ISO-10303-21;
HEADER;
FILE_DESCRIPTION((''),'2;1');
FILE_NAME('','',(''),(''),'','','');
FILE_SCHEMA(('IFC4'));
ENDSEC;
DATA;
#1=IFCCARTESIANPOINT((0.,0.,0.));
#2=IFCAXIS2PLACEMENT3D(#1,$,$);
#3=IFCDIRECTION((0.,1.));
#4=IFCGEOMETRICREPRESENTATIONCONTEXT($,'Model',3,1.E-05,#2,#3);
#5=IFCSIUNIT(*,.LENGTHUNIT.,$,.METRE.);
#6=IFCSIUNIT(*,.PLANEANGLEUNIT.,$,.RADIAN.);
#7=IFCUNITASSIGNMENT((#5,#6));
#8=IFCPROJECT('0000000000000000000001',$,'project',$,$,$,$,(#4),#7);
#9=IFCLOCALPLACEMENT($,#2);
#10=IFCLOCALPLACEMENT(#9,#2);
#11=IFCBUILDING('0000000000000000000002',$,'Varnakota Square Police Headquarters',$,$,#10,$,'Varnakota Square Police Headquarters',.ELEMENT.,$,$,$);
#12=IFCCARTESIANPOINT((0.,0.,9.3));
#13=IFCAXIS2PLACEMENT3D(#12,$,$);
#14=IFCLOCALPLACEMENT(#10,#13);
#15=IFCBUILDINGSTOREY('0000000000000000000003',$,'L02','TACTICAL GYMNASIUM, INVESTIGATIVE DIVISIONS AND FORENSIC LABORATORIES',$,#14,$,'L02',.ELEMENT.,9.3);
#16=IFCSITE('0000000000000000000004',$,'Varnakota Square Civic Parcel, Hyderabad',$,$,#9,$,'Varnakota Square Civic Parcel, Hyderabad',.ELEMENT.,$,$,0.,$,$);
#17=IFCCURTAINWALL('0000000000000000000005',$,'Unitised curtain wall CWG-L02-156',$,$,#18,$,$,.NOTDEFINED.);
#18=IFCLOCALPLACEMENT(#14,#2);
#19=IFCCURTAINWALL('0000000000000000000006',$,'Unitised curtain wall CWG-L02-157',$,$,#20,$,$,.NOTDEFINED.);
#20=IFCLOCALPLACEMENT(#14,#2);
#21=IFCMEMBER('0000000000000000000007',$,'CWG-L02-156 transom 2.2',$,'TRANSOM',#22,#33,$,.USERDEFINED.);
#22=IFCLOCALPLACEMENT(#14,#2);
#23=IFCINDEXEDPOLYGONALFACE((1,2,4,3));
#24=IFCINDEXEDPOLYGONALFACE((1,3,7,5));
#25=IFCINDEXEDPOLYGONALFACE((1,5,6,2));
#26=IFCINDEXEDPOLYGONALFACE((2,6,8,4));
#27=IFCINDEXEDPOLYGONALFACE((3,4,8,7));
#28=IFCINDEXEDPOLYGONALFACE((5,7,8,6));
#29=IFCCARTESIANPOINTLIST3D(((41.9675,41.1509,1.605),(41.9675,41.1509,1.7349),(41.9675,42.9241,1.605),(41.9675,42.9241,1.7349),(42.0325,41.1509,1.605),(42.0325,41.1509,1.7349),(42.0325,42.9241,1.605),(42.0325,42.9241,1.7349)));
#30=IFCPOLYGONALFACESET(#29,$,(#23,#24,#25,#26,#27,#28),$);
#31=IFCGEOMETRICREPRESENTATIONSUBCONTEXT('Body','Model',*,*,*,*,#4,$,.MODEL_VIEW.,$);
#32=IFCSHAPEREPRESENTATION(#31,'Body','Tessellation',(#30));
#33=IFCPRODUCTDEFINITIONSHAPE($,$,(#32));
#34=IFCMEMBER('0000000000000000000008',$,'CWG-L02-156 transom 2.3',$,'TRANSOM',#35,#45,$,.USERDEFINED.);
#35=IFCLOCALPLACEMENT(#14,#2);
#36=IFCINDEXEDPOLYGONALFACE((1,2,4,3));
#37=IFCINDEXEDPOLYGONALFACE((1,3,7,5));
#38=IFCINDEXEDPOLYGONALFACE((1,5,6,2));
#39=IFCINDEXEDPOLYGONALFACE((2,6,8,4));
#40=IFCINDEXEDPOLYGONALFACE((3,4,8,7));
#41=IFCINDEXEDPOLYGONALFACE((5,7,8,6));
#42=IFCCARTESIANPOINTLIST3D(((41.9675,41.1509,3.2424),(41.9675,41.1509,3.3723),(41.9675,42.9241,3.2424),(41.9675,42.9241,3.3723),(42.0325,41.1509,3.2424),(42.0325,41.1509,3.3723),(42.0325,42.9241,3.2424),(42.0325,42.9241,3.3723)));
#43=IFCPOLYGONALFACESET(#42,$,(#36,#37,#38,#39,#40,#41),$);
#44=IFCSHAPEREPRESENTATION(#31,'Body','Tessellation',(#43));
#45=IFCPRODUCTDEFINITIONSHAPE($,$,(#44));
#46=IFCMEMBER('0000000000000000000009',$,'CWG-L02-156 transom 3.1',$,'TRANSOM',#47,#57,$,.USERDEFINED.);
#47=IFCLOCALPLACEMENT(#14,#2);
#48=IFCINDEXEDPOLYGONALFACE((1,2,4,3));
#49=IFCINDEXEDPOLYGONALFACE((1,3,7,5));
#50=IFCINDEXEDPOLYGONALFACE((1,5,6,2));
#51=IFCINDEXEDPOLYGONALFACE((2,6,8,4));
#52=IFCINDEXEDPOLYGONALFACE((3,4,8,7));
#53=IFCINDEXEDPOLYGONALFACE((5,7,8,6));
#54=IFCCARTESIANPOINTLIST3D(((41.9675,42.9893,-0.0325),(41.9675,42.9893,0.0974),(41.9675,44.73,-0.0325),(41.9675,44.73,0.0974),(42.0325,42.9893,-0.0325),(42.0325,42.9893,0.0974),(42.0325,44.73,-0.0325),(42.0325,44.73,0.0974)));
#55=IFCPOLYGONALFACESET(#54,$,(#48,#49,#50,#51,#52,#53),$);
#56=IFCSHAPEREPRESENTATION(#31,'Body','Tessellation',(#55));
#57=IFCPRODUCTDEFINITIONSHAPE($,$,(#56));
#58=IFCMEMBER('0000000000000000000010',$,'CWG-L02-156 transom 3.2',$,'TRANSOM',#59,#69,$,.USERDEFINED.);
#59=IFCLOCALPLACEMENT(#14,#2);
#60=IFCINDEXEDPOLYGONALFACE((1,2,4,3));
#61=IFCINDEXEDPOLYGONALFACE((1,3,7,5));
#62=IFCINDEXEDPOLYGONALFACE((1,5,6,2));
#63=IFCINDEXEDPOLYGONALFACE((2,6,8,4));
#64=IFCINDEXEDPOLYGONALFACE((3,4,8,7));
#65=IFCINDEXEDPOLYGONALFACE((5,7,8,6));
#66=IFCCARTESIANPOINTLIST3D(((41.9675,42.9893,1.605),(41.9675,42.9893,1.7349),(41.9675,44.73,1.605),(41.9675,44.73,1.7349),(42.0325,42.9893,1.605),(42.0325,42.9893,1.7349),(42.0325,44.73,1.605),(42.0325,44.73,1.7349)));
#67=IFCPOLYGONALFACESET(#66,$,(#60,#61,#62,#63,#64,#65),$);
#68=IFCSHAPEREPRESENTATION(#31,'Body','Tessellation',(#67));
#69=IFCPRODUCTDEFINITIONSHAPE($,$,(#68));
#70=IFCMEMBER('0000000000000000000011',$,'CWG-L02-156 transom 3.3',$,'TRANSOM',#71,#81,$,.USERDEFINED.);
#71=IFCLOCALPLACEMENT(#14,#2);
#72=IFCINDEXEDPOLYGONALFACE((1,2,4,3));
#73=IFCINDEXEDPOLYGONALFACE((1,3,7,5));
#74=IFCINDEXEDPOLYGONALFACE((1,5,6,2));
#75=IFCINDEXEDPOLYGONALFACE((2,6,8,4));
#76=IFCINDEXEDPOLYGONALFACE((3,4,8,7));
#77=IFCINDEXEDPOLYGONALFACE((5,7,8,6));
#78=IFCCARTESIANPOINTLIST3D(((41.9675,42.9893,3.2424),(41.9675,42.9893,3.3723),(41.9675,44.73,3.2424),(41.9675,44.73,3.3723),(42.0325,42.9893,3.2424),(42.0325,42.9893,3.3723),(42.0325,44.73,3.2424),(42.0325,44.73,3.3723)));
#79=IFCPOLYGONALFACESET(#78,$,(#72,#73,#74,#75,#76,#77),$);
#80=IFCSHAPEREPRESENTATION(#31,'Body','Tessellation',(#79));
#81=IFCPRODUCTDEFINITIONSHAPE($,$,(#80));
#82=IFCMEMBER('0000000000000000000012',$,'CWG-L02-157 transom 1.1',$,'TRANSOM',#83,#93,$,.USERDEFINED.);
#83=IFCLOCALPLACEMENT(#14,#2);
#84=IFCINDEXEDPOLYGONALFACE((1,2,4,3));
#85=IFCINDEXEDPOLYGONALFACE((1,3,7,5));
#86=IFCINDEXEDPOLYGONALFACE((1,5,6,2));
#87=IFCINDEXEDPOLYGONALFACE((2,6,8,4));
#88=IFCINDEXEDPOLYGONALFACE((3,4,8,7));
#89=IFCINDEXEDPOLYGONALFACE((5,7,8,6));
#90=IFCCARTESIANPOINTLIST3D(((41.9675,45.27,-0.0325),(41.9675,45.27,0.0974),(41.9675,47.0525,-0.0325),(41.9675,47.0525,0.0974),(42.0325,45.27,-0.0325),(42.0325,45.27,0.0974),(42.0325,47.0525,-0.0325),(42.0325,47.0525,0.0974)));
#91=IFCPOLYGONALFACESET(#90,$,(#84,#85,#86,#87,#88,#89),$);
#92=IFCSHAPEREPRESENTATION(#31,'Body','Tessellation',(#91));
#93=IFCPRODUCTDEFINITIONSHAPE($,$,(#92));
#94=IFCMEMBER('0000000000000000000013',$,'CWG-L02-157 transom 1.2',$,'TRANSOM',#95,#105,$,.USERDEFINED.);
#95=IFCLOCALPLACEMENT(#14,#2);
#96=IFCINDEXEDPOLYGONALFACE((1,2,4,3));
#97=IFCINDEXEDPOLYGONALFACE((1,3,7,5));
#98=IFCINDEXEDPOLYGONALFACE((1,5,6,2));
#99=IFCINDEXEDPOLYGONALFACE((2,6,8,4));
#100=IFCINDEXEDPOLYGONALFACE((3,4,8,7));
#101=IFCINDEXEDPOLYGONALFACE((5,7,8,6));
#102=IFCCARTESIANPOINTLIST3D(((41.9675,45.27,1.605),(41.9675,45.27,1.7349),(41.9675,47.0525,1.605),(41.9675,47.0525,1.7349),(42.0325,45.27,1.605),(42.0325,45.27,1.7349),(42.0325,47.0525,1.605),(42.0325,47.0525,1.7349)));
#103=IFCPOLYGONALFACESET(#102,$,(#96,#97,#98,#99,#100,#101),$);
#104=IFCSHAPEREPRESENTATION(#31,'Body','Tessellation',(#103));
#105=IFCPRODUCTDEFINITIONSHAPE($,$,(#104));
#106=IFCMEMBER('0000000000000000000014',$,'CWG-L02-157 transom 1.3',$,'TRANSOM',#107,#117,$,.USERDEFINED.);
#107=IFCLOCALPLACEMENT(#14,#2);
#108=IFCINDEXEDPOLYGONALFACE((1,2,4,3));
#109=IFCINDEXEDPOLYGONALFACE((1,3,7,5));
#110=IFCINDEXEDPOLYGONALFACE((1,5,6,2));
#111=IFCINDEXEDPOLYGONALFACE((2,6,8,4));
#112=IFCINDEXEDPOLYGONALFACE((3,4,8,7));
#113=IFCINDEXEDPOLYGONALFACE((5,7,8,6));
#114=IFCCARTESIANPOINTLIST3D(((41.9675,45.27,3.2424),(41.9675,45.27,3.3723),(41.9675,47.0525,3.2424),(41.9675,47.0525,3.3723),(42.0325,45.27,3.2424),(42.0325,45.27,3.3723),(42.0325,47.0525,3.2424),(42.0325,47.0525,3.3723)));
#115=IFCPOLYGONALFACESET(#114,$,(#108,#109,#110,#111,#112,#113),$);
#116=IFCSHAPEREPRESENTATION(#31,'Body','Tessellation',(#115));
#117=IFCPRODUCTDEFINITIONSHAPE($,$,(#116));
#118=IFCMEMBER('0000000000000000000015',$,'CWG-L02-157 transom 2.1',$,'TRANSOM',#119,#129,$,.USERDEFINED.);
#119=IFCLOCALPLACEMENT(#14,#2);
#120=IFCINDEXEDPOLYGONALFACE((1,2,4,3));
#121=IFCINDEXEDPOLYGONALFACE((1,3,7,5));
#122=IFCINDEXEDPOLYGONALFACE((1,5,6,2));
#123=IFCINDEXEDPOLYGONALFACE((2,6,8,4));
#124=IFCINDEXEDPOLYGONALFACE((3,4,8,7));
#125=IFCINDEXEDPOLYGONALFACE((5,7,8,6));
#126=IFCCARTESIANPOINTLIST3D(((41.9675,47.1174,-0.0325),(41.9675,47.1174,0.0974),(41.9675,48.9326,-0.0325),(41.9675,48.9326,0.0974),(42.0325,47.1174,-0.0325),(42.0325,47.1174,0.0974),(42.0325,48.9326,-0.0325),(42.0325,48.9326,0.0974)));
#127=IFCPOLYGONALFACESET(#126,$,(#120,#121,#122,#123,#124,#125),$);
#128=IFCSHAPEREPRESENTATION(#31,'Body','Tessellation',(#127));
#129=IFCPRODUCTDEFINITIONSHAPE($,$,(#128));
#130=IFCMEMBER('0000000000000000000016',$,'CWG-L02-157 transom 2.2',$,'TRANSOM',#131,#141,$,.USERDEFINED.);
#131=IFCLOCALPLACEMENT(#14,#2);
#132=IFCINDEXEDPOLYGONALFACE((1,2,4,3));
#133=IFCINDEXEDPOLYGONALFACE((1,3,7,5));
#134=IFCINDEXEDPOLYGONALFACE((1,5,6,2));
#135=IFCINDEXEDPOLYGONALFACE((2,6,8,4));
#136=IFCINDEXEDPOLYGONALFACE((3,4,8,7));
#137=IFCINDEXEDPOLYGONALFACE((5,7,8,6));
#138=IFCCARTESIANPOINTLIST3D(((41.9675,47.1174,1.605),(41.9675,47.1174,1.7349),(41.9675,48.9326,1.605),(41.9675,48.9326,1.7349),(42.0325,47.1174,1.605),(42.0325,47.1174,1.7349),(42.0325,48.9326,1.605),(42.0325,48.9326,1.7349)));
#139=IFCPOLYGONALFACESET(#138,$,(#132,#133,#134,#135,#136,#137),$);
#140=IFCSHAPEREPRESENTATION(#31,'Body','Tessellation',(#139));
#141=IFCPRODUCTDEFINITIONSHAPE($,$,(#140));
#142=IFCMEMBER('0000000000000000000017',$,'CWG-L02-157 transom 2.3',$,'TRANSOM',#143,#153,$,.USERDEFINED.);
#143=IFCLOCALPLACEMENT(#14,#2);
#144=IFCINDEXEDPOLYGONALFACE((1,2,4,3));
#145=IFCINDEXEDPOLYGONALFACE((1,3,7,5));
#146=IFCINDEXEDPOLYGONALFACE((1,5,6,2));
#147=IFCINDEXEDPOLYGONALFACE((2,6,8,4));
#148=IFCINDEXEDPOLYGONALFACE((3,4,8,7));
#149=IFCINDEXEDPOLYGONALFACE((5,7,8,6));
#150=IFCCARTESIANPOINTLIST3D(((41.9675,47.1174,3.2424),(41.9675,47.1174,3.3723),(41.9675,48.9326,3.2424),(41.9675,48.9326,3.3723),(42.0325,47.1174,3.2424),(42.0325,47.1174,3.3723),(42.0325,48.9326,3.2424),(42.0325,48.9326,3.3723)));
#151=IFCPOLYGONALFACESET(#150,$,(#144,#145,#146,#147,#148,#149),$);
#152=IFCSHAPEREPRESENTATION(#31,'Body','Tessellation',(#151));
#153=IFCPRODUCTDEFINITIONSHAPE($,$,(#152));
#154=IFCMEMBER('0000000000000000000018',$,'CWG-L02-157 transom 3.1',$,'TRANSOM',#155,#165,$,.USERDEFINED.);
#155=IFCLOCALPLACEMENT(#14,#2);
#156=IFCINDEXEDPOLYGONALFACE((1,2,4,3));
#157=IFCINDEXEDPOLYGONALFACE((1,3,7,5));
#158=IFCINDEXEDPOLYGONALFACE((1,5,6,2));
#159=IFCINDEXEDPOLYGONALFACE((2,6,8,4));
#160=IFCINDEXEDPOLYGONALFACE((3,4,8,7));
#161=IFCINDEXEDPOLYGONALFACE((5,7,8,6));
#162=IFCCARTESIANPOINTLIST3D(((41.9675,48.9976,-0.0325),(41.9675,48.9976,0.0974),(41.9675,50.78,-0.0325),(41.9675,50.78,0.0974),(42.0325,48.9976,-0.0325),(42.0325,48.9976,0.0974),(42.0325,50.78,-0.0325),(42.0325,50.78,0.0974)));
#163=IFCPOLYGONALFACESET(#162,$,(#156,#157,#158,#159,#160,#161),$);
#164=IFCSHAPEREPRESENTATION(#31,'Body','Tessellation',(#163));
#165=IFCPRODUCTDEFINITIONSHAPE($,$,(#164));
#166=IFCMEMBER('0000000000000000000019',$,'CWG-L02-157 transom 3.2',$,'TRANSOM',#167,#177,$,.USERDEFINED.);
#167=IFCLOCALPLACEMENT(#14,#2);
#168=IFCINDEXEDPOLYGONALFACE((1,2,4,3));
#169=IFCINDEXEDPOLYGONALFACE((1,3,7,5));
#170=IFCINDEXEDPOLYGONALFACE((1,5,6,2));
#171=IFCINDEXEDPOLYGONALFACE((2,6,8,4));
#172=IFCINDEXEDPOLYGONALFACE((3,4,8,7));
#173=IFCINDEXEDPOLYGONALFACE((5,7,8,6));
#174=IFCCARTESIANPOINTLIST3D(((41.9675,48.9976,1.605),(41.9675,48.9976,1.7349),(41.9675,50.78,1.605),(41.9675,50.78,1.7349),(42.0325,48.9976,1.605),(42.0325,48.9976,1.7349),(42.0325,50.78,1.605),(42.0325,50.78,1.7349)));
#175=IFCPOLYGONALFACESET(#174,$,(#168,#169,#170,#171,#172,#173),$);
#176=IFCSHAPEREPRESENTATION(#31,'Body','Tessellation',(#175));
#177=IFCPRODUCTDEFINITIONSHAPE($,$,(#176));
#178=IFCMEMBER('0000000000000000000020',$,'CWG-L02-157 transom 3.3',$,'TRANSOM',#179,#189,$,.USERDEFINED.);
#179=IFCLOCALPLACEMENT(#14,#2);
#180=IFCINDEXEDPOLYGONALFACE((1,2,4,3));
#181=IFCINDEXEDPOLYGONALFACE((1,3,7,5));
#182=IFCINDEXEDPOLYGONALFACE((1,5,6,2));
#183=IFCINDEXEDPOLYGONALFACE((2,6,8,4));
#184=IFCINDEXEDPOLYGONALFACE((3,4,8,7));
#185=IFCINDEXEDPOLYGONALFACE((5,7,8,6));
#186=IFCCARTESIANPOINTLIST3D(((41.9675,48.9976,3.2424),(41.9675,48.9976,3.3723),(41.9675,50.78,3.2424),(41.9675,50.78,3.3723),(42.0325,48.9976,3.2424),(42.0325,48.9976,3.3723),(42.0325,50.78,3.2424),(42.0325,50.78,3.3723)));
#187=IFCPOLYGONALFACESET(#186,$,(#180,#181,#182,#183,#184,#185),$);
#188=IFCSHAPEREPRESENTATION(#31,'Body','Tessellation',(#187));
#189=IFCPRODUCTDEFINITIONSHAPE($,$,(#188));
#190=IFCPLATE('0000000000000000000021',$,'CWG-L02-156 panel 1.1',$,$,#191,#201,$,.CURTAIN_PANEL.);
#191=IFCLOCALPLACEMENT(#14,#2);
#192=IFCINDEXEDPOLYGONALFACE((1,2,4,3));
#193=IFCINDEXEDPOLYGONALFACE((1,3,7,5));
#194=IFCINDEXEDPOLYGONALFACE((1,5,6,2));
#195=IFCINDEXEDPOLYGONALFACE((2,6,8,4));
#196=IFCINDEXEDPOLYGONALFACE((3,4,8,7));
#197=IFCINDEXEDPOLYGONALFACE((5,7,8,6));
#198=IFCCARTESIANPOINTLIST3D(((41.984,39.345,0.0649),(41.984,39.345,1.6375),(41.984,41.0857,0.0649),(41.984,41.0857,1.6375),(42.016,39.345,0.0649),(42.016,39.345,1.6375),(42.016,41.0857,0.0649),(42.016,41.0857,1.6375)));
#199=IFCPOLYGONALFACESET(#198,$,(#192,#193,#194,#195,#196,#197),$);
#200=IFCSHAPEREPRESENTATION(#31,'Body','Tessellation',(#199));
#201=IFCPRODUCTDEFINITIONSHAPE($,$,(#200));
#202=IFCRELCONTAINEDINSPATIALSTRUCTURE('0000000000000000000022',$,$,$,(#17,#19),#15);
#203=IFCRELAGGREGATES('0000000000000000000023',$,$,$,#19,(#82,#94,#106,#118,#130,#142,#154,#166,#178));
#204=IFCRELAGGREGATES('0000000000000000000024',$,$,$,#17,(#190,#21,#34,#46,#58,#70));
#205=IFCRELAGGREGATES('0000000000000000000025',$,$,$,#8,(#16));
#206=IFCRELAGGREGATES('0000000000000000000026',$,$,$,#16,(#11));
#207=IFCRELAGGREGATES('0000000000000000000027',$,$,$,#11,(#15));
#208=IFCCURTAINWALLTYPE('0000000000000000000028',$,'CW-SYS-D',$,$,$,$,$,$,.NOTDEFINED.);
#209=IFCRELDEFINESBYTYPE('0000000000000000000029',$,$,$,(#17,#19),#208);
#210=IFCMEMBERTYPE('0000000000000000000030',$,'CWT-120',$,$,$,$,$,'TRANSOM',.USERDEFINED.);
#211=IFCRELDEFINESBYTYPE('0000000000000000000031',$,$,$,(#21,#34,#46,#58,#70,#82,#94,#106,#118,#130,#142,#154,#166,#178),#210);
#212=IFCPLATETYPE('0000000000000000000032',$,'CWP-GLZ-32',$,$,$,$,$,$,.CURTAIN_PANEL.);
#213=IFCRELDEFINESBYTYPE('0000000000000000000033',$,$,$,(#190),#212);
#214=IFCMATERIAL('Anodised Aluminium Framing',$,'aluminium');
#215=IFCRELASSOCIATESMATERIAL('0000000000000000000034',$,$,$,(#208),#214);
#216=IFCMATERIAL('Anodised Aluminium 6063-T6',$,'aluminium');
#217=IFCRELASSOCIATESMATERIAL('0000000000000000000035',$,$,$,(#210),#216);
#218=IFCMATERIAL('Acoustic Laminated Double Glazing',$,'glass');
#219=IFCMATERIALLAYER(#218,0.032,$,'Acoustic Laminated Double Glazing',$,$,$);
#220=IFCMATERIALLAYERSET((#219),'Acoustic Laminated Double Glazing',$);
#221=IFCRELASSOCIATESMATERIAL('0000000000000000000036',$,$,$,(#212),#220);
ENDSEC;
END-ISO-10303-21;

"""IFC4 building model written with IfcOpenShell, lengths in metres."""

from ifc_helpers import new_model, si_unit, direction, frame, origin, origin_2d, place, context, subcontext, project, spatial, rectangle, extrude, material, layer, layer_set, material_profile, profile_set, type_object, element, aggregate, save


model = new_model("IFC4")

# Units and contexts
model_context = context("Model", 3, precision=1e-05, world=origin(), true_north=direction((0.0, 1.0)))
body_context = subcontext(model_context, "Body", "Model", "MODEL_VIEW")
ifc_project = project(units=[si_unit("LENGTHUNIT", "METRE"), si_unit("PLANEANGLEUNIT", "RADIAN")], contexts=[model_context])

# Site, building, storey
site_placement = place(None, origin())
site = spatial("IfcSite", under=ifc_project, at=site_placement, Name="Varnakota Square Civic Parcel, Hyderabad", LongName="Varnakota Square Civic Parcel, Hyderabad", CompositionType="ELEMENT", RefElevation=0.0)
building_placement = place(site_placement, origin())
building = spatial("IfcBuilding", under=site, at=building_placement, Name="Varnakota Square Police Headquarters", LongName="Varnakota Square Police Headquarters", CompositionType="ELEMENT")
storey_placement = place(building_placement, frame((0.0, 0.0, 9.3)))
storey = spatial("IfcBuildingStorey", under=building, at=storey_placement, Name="L02", Description="TACTICAL GYMNASIUM, INVESTIGATIVE DIVISIONS AND FORENSIC LABORATORIES", LongName="L02", CompositionType="ELEMENT", Elevation=9.3)

# Curtain walls
ifc_material_1 = material(Name="Anodised Aluminium Framing", Category="aluminium")
curtain_wall_type = type_object("IfcCurtainWallType", Name="CW-SYS-D", PredefinedType="NOTDEFINED", material=ifc_material_1)
curtain_wall_1_placement = place(storey_placement, origin())
curtain_wall_1 = element("IfcCurtainWall", 1, at=curtain_wall_1_placement, inside=storey, type_object=curtain_wall_type, Name="Unitised curtain wall CWG-L02-156", PredefinedType="NOTDEFINED")
ifc_material_2 = material(Name="Anodised Aluminium 6063-T6", Category="aluminium")
curtain_wall_2_placement = place(storey_placement, origin())
curtain_wall_2 = element("IfcCurtainWall", 2, at=curtain_wall_2_placement, inside=storey, type_object=curtain_wall_type, Name="Unitised curtain wall CWG-L02-157", PredefinedType="NOTDEFINED")

# Members
ifc_material_profile_1 = material_profile(ifc_material_2, rectangle(XDim=0.0649, YDim=0.1299, at=origin_2d()), Name="ALU TRANSOM 65x130")
ifc_profile_set_1 = profile_set([ifc_material_profile_1], Name="Anodised Aluminium 6063-T6")
member_type_1 = type_object("IfcMemberType", Name="CWT-120", ElementType="TRANSOM", PredefinedType="USERDEFINED", material=ifc_profile_set_1)
member_1_placement = place(storey_placement, frame((42.0, 41.1509, 1.6699), z_axis=(0.0, 1.0, 0.0), x_axis=(-1.0, 0.0, 0.0)))
member_1 = element("IfcMember", 3, at=member_1_placement, type_object=member_type_1, Name="CWG-L02-156 transom 2.2", ObjectType="TRANSOM", PredefinedType="USERDEFINED", context=body_context, shape_type="SweptSolid", body=[
    extrude(rectangle(XDim=0.0649, YDim=0.1299, at=origin_2d()), origin(), (0.0, 0.0, 1.0), 1.7732),
])
member_2_placement = place(storey_placement, frame((42.0, 41.1509, 3.3074), z_axis=(0.0, 1.0, 0.0), x_axis=(-1.0, 0.0, 0.0)))
member_2 = element("IfcMember", 4, at=member_2_placement, type_object=member_type_1, Name="CWG-L02-156 transom 2.3", ObjectType="TRANSOM", PredefinedType="USERDEFINED", context=body_context, shape_type="SweptSolid", body=[
    extrude(rectangle(XDim=0.0649, YDim=0.1299, at=origin_2d()), origin(), (0.0, 0.0, 1.0), 1.7732),
])
member_3_placement = place(storey_placement, frame((42.0, 42.9893, 0.0325), z_axis=(0.0, 1.0, 0.0), x_axis=(-1.0, 0.0, 0.0)))
member_3 = element("IfcMember", 5, at=member_3_placement, type_object=member_type_1, Name="CWG-L02-156 transom 3.1", ObjectType="TRANSOM", PredefinedType="USERDEFINED", context=body_context, shape_type="SweptSolid", body=[
    extrude(rectangle(XDim=0.0649, YDim=0.1299, at=origin_2d()), origin(), (0.0, 0.0, 1.0), 1.7407),
])
member_4_placement = place(storey_placement, frame((42.0, 42.9893, 1.6699), z_axis=(0.0, 1.0, 0.0), x_axis=(-1.0, 0.0, 0.0)))
member_4 = element("IfcMember", 6, at=member_4_placement, type_object=member_type_1, Name="CWG-L02-156 transom 3.2", ObjectType="TRANSOM", PredefinedType="USERDEFINED", context=body_context, shape_type="SweptSolid", body=[
    extrude(rectangle(XDim=0.0649, YDim=0.1299, at=origin_2d()), origin(), (0.0, 0.0, 1.0), 1.7407),
])
member_5_placement = place(storey_placement, frame((42.0, 42.9893, 3.3074), z_axis=(0.0, 1.0, 0.0), x_axis=(-1.0, 0.0, 0.0)))
member_5 = element("IfcMember", 7, at=member_5_placement, type_object=member_type_1, Name="CWG-L02-156 transom 3.3", ObjectType="TRANSOM", PredefinedType="USERDEFINED", context=body_context, shape_type="SweptSolid", body=[
    extrude(rectangle(XDim=0.0649, YDim=0.1299, at=origin_2d()), origin(), (0.0, 0.0, 1.0), 1.7407),
])
member_6_placement = place(storey_placement, frame((42.0, 45.27, 0.0325), z_axis=(0.0, 1.0, 0.0), x_axis=(-1.0, 0.0, 0.0)))
member_6 = element("IfcMember", 8, at=member_6_placement, type_object=member_type_1, Name="CWG-L02-157 transom 1.1", ObjectType="TRANSOM", PredefinedType="USERDEFINED", context=body_context, shape_type="SweptSolid", body=[
    extrude(rectangle(XDim=0.0649, YDim=0.1299, at=origin_2d()), origin(), (0.0, 0.0, 1.0), 1.7825),
])
member_7_placement = place(storey_placement, frame((42.0, 45.27, 1.6699), z_axis=(0.0, 1.0, 0.0), x_axis=(-1.0, 0.0, 0.0)))
member_7 = element("IfcMember", 9, at=member_7_placement, type_object=member_type_1, Name="CWG-L02-157 transom 1.2", ObjectType="TRANSOM", PredefinedType="USERDEFINED", context=body_context, shape_type="SweptSolid", body=[
    extrude(rectangle(XDim=0.0649, YDim=0.1299, at=origin_2d()), origin(), (0.0, 0.0, 1.0), 1.7825),
])
member_8_placement = place(storey_placement, frame((42.0, 45.27, 3.3074), z_axis=(0.0, 1.0, 0.0), x_axis=(-1.0, 0.0, 0.0)))
member_8 = element("IfcMember", 10, at=member_8_placement, type_object=member_type_1, Name="CWG-L02-157 transom 1.3", ObjectType="TRANSOM", PredefinedType="USERDEFINED", context=body_context, shape_type="SweptSolid", body=[
    extrude(rectangle(XDim=0.0649, YDim=0.1299, at=origin_2d()), origin(), (0.0, 0.0, 1.0), 1.7825),
])
member_9_placement = place(storey_placement, frame((42.0, 47.1174, 0.0325), z_axis=(0.0, 1.0, 0.0), x_axis=(-1.0, 0.0, 0.0)))
member_9 = element("IfcMember", 11, at=member_9_placement, type_object=member_type_1, Name="CWG-L02-157 transom 2.1", ObjectType="TRANSOM", PredefinedType="USERDEFINED", context=body_context, shape_type="SweptSolid", body=[
    extrude(rectangle(XDim=0.0649, YDim=0.1299, at=origin_2d()), origin(), (0.0, 0.0, 1.0), 1.8152),
])
member_10_placement = place(storey_placement, frame((42.0, 47.1174, 1.6699), z_axis=(0.0, 1.0, 0.0), x_axis=(-1.0, 0.0, 0.0)))
member_10 = element("IfcMember", 12, at=member_10_placement, type_object=member_type_1, Name="CWG-L02-157 transom 2.2", ObjectType="TRANSOM", PredefinedType="USERDEFINED", context=body_context, shape_type="SweptSolid", body=[
    extrude(rectangle(XDim=0.0649, YDim=0.1299, at=origin_2d()), origin(), (0.0, 0.0, 1.0), 1.8152),
])
member_11_placement = place(storey_placement, frame((42.0, 47.1174, 3.3074), z_axis=(0.0, 1.0, 0.0), x_axis=(-1.0, 0.0, 0.0)))
member_11 = element("IfcMember", 13, at=member_11_placement, type_object=member_type_1, Name="CWG-L02-157 transom 2.3", ObjectType="TRANSOM", PredefinedType="USERDEFINED", context=body_context, shape_type="SweptSolid", body=[
    extrude(rectangle(XDim=0.0649, YDim=0.1299, at=origin_2d()), origin(), (0.0, 0.0, 1.0), 1.8152),
])
member_12_placement = place(storey_placement, frame((42.0, 48.9976, 0.0325), z_axis=(0.0, 1.0, 0.0), x_axis=(-1.0, 0.0, 0.0)))
member_12 = element("IfcMember", 14, at=member_12_placement, type_object=member_type_1, Name="CWG-L02-157 transom 3.1", ObjectType="TRANSOM", PredefinedType="USERDEFINED", context=body_context, shape_type="SweptSolid", body=[
    extrude(rectangle(XDim=0.0649, YDim=0.1299, at=origin_2d()), origin(), (0.0, 0.0, 1.0), 1.7825),
])
member_13_placement = place(storey_placement, frame((42.0, 48.9976, 1.6699), z_axis=(0.0, 1.0, 0.0), x_axis=(-1.0, 0.0, 0.0)))
member_13 = element("IfcMember", 15, at=member_13_placement, type_object=member_type_1, Name="CWG-L02-157 transom 3.2", ObjectType="TRANSOM", PredefinedType="USERDEFINED", context=body_context, shape_type="SweptSolid", body=[
    extrude(rectangle(XDim=0.0649, YDim=0.1299, at=origin_2d()), origin(), (0.0, 0.0, 1.0), 1.7825),
])
member_14_placement = place(storey_placement, frame((42.0, 48.9976, 3.3074), z_axis=(0.0, 1.0, 0.0), x_axis=(-1.0, 0.0, 0.0)))
member_14 = element("IfcMember", 16, at=member_14_placement, type_object=member_type_1, Name="CWG-L02-157 transom 3.3", ObjectType="TRANSOM", PredefinedType="USERDEFINED", context=body_context, shape_type="SweptSolid", body=[
    extrude(rectangle(XDim=0.0649, YDim=0.1299, at=origin_2d()), origin(), (0.0, 0.0, 1.0), 1.7825),
])

# Plate
ifc_material_3 = material(Name="Acoustic Laminated Double Glazing", Category="glass")
ifc_layer_1 = layer(ifc_material_3, 0.032, Name="Acoustic Laminated Double Glazing")
ifc_layer_set_1 = layer_set([ifc_layer_1], Name="Acoustic Laminated Double Glazing")
plate_type_1 = type_object("IfcPlateType", Name="CWP-GLZ-32", PredefinedType="CURTAIN_PANEL", material=ifc_layer_set_1)
plate_1_placement = place(storey_placement, frame((42.0, 40.2153, 0.0649), z_axis=(0.0, 0.0, 1.0), x_axis=(0.0, 1.0, 0.0)))
plate_1 = element("IfcPlate", 17, at=plate_1_placement, type_object=plate_type_1, Name="CWG-L02-156 panel 1.1", PredefinedType="CURTAIN_PANEL", context=body_context, shape_type="SweptSolid", body=[
    extrude(rectangle(XDim=1.7407, YDim=0.032, at=origin_2d()), origin(), (0.0, 0.0, 1.0), 1.5725),
])
aggregate(curtain_wall_2, [member_6, member_7, member_8, member_9, member_10, member_11, member_12, member_13, member_14])
aggregate(curtain_wall_1, [plate_1, member_1, member_2, member_3, member_4, member_5])

save(model, "model.ifc")
